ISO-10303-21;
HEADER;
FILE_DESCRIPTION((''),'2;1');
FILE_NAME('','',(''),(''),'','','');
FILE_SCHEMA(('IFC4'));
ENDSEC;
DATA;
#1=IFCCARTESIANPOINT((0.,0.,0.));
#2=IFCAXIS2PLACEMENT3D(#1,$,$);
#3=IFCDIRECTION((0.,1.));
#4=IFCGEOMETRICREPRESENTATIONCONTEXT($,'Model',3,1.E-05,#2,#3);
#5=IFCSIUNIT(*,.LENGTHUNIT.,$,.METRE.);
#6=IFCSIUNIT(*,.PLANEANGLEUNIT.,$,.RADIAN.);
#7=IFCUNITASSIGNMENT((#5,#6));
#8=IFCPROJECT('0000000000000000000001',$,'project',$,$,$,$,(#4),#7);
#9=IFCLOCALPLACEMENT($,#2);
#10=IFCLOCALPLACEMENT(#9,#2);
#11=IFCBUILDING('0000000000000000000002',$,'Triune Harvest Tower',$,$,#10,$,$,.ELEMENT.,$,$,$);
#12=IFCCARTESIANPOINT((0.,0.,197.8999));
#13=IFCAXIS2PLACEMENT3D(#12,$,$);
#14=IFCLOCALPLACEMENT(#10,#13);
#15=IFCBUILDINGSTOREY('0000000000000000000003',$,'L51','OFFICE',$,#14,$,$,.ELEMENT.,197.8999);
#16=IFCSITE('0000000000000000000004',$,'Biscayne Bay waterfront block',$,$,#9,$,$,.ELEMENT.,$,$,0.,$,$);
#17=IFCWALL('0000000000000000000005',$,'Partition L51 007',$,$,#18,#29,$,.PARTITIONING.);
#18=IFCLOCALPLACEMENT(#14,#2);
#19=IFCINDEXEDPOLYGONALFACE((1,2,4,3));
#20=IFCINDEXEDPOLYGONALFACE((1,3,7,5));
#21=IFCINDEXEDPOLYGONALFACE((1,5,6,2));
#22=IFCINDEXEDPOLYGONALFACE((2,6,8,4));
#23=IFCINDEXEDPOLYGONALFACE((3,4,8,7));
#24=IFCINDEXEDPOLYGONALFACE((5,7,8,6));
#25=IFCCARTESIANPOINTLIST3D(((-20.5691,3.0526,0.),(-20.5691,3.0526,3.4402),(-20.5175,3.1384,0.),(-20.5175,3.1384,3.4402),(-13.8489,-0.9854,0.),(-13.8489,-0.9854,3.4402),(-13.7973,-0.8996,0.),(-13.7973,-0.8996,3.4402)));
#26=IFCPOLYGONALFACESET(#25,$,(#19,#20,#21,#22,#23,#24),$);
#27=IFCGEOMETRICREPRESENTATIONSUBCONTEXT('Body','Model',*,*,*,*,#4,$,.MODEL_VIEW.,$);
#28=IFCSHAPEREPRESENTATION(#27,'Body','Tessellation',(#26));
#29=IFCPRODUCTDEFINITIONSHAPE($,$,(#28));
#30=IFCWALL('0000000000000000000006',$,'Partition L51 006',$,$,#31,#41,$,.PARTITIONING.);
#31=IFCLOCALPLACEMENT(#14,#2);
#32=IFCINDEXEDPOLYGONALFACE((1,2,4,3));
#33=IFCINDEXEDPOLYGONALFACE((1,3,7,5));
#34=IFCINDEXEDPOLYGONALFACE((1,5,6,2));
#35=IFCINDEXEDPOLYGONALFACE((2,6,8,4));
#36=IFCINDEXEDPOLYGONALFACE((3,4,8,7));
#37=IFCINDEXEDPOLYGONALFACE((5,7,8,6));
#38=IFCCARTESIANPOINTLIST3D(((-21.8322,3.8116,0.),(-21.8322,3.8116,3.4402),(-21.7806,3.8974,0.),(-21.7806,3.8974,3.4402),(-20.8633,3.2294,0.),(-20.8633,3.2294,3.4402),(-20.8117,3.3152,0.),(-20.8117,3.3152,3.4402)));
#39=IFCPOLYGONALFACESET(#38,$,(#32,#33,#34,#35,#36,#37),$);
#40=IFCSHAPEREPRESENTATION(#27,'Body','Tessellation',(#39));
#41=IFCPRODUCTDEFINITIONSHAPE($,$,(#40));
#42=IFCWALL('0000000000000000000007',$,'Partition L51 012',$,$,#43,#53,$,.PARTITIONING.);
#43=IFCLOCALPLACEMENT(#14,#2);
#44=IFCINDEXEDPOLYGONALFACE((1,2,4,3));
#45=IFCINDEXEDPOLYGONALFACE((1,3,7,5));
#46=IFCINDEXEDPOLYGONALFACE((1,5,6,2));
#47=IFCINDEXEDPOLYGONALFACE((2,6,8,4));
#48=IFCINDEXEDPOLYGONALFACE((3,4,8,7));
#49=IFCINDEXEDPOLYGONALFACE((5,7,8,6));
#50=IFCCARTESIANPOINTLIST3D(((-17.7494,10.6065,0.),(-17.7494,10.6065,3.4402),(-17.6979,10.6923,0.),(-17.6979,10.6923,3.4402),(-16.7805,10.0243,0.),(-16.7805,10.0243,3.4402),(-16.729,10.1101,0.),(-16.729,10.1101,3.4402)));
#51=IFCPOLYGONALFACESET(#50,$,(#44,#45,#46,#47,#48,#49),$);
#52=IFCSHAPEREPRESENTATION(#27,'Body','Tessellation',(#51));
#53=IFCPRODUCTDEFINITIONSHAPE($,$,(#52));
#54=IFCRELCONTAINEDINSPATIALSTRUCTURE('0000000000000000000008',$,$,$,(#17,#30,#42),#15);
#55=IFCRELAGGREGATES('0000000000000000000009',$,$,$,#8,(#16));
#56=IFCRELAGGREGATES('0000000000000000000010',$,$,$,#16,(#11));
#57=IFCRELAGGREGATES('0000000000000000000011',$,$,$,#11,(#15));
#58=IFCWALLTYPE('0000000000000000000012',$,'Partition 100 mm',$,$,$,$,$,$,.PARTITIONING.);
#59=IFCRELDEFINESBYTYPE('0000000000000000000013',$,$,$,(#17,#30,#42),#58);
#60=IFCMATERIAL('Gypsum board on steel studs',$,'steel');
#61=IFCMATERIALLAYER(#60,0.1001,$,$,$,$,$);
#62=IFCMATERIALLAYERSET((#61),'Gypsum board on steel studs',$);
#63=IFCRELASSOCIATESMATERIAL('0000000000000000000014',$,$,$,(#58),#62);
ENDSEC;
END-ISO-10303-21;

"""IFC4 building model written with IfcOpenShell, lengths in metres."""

from ifc_helpers import new_model, si_unit, direction, frame, frame_2d, origin, place, context, subcontext, project, spatial, rectangle, extrude, source, transform, mapped, material, layer, layer_set, type_object, element, save


model = new_model("IFC4")

# Units and contexts
model_context = context("Model", 3, precision=1e-05, world=origin(), true_north=direction((0.0, 1.0)))
body_context = subcontext(model_context, "Body", "Model", "MODEL_VIEW")
ifc_project = project(units=[si_unit("LENGTHUNIT", "METRE"), si_unit("PLANEANGLEUNIT", "RADIAN")], contexts=[model_context])

# Site, building, storey
site_placement = place(None, origin())
site = spatial("IfcSite", under=ifc_project, at=site_placement, Name="Biscayne Bay waterfront block", CompositionType="ELEMENT", RefElevation=0.0)
building_placement = place(site_placement, origin())
building = spatial("IfcBuilding", under=site, at=building_placement, Name="Triune Harvest Tower", CompositionType="ELEMENT")
storey_placement = place(building_placement, frame((0.0, 0.0, 197.8999)))
storey = spatial("IfcBuildingStorey", under=building, at=storey_placement, Name="L51", Description="OFFICE", CompositionType="ELEMENT", Elevation=197.8999)

# Walls
ifc_material_1 = material(Name="Gypsum board on steel studs", Category="steel")
ifc_layer_1 = layer(ifc_material_1, 0.1001)
ifc_layer_set_1 = layer_set([ifc_layer_1], Name="Gypsum board on steel studs")
wall_type_1 = type_object("IfcWallType", Name="Partition 100 mm", PredefinedType="PARTITIONING", material=ifc_layer_set_1)
wall_1_placement = place(storey_placement, frame((-20.5432, 3.0955, 0.0), z_axis=(0.0, 0.0, 1.0), x_axis=(0.857158, -0.515054, 0.0)))
element("IfcWall", 1, at=wall_1_placement, inside=storey, type_object=wall_type_1, Name="Partition L51 007", PredefinedType="PARTITIONING", context=body_context, shape_type="SweptSolid", body=[
    extrude(rectangle(XDim=7.8401, YDim=0.1001, at=frame_2d((3.9199, 0.0))), origin(), (0.0, 0.0, 1.0), 3.4402),
])
shared_shape_1 = source(origin(), body_context, "Body", "SweptSolid", [
    extrude(rectangle(XDim=1.1304, YDim=0.1001, at=frame_2d((0.5652, 0.0))), origin(), (0.0, 0.0, 1.0), 3.4402),
])
for number, where, z_axis, x_axis, name in (
    (2, (-21.8064, 3.8545, 0.0), (0.0, 0.0, 1.0), (0.85715, -0.515067, 0.0), "Partition L51 006"),
    (3, (-17.7236, 10.6494, 0.0), (0.0, 0.0, 1.0), (0.85715, -0.515067, 0.0), "Partition L51 012"),
):
    element("IfcWall", number, at=place(storey_placement, frame(where, z_axis=z_axis, x_axis=x_axis)), inside=storey, type_object=wall_type_1, Name=name, PredefinedType="PARTITIONING", context=body_context, shape_type="MappedRepresentation", body=[
        mapped(shared_shape_1, transform((0.0, 0.0, 0.0), scale=1.0)),
    ])

save(model, "model.ifc")
